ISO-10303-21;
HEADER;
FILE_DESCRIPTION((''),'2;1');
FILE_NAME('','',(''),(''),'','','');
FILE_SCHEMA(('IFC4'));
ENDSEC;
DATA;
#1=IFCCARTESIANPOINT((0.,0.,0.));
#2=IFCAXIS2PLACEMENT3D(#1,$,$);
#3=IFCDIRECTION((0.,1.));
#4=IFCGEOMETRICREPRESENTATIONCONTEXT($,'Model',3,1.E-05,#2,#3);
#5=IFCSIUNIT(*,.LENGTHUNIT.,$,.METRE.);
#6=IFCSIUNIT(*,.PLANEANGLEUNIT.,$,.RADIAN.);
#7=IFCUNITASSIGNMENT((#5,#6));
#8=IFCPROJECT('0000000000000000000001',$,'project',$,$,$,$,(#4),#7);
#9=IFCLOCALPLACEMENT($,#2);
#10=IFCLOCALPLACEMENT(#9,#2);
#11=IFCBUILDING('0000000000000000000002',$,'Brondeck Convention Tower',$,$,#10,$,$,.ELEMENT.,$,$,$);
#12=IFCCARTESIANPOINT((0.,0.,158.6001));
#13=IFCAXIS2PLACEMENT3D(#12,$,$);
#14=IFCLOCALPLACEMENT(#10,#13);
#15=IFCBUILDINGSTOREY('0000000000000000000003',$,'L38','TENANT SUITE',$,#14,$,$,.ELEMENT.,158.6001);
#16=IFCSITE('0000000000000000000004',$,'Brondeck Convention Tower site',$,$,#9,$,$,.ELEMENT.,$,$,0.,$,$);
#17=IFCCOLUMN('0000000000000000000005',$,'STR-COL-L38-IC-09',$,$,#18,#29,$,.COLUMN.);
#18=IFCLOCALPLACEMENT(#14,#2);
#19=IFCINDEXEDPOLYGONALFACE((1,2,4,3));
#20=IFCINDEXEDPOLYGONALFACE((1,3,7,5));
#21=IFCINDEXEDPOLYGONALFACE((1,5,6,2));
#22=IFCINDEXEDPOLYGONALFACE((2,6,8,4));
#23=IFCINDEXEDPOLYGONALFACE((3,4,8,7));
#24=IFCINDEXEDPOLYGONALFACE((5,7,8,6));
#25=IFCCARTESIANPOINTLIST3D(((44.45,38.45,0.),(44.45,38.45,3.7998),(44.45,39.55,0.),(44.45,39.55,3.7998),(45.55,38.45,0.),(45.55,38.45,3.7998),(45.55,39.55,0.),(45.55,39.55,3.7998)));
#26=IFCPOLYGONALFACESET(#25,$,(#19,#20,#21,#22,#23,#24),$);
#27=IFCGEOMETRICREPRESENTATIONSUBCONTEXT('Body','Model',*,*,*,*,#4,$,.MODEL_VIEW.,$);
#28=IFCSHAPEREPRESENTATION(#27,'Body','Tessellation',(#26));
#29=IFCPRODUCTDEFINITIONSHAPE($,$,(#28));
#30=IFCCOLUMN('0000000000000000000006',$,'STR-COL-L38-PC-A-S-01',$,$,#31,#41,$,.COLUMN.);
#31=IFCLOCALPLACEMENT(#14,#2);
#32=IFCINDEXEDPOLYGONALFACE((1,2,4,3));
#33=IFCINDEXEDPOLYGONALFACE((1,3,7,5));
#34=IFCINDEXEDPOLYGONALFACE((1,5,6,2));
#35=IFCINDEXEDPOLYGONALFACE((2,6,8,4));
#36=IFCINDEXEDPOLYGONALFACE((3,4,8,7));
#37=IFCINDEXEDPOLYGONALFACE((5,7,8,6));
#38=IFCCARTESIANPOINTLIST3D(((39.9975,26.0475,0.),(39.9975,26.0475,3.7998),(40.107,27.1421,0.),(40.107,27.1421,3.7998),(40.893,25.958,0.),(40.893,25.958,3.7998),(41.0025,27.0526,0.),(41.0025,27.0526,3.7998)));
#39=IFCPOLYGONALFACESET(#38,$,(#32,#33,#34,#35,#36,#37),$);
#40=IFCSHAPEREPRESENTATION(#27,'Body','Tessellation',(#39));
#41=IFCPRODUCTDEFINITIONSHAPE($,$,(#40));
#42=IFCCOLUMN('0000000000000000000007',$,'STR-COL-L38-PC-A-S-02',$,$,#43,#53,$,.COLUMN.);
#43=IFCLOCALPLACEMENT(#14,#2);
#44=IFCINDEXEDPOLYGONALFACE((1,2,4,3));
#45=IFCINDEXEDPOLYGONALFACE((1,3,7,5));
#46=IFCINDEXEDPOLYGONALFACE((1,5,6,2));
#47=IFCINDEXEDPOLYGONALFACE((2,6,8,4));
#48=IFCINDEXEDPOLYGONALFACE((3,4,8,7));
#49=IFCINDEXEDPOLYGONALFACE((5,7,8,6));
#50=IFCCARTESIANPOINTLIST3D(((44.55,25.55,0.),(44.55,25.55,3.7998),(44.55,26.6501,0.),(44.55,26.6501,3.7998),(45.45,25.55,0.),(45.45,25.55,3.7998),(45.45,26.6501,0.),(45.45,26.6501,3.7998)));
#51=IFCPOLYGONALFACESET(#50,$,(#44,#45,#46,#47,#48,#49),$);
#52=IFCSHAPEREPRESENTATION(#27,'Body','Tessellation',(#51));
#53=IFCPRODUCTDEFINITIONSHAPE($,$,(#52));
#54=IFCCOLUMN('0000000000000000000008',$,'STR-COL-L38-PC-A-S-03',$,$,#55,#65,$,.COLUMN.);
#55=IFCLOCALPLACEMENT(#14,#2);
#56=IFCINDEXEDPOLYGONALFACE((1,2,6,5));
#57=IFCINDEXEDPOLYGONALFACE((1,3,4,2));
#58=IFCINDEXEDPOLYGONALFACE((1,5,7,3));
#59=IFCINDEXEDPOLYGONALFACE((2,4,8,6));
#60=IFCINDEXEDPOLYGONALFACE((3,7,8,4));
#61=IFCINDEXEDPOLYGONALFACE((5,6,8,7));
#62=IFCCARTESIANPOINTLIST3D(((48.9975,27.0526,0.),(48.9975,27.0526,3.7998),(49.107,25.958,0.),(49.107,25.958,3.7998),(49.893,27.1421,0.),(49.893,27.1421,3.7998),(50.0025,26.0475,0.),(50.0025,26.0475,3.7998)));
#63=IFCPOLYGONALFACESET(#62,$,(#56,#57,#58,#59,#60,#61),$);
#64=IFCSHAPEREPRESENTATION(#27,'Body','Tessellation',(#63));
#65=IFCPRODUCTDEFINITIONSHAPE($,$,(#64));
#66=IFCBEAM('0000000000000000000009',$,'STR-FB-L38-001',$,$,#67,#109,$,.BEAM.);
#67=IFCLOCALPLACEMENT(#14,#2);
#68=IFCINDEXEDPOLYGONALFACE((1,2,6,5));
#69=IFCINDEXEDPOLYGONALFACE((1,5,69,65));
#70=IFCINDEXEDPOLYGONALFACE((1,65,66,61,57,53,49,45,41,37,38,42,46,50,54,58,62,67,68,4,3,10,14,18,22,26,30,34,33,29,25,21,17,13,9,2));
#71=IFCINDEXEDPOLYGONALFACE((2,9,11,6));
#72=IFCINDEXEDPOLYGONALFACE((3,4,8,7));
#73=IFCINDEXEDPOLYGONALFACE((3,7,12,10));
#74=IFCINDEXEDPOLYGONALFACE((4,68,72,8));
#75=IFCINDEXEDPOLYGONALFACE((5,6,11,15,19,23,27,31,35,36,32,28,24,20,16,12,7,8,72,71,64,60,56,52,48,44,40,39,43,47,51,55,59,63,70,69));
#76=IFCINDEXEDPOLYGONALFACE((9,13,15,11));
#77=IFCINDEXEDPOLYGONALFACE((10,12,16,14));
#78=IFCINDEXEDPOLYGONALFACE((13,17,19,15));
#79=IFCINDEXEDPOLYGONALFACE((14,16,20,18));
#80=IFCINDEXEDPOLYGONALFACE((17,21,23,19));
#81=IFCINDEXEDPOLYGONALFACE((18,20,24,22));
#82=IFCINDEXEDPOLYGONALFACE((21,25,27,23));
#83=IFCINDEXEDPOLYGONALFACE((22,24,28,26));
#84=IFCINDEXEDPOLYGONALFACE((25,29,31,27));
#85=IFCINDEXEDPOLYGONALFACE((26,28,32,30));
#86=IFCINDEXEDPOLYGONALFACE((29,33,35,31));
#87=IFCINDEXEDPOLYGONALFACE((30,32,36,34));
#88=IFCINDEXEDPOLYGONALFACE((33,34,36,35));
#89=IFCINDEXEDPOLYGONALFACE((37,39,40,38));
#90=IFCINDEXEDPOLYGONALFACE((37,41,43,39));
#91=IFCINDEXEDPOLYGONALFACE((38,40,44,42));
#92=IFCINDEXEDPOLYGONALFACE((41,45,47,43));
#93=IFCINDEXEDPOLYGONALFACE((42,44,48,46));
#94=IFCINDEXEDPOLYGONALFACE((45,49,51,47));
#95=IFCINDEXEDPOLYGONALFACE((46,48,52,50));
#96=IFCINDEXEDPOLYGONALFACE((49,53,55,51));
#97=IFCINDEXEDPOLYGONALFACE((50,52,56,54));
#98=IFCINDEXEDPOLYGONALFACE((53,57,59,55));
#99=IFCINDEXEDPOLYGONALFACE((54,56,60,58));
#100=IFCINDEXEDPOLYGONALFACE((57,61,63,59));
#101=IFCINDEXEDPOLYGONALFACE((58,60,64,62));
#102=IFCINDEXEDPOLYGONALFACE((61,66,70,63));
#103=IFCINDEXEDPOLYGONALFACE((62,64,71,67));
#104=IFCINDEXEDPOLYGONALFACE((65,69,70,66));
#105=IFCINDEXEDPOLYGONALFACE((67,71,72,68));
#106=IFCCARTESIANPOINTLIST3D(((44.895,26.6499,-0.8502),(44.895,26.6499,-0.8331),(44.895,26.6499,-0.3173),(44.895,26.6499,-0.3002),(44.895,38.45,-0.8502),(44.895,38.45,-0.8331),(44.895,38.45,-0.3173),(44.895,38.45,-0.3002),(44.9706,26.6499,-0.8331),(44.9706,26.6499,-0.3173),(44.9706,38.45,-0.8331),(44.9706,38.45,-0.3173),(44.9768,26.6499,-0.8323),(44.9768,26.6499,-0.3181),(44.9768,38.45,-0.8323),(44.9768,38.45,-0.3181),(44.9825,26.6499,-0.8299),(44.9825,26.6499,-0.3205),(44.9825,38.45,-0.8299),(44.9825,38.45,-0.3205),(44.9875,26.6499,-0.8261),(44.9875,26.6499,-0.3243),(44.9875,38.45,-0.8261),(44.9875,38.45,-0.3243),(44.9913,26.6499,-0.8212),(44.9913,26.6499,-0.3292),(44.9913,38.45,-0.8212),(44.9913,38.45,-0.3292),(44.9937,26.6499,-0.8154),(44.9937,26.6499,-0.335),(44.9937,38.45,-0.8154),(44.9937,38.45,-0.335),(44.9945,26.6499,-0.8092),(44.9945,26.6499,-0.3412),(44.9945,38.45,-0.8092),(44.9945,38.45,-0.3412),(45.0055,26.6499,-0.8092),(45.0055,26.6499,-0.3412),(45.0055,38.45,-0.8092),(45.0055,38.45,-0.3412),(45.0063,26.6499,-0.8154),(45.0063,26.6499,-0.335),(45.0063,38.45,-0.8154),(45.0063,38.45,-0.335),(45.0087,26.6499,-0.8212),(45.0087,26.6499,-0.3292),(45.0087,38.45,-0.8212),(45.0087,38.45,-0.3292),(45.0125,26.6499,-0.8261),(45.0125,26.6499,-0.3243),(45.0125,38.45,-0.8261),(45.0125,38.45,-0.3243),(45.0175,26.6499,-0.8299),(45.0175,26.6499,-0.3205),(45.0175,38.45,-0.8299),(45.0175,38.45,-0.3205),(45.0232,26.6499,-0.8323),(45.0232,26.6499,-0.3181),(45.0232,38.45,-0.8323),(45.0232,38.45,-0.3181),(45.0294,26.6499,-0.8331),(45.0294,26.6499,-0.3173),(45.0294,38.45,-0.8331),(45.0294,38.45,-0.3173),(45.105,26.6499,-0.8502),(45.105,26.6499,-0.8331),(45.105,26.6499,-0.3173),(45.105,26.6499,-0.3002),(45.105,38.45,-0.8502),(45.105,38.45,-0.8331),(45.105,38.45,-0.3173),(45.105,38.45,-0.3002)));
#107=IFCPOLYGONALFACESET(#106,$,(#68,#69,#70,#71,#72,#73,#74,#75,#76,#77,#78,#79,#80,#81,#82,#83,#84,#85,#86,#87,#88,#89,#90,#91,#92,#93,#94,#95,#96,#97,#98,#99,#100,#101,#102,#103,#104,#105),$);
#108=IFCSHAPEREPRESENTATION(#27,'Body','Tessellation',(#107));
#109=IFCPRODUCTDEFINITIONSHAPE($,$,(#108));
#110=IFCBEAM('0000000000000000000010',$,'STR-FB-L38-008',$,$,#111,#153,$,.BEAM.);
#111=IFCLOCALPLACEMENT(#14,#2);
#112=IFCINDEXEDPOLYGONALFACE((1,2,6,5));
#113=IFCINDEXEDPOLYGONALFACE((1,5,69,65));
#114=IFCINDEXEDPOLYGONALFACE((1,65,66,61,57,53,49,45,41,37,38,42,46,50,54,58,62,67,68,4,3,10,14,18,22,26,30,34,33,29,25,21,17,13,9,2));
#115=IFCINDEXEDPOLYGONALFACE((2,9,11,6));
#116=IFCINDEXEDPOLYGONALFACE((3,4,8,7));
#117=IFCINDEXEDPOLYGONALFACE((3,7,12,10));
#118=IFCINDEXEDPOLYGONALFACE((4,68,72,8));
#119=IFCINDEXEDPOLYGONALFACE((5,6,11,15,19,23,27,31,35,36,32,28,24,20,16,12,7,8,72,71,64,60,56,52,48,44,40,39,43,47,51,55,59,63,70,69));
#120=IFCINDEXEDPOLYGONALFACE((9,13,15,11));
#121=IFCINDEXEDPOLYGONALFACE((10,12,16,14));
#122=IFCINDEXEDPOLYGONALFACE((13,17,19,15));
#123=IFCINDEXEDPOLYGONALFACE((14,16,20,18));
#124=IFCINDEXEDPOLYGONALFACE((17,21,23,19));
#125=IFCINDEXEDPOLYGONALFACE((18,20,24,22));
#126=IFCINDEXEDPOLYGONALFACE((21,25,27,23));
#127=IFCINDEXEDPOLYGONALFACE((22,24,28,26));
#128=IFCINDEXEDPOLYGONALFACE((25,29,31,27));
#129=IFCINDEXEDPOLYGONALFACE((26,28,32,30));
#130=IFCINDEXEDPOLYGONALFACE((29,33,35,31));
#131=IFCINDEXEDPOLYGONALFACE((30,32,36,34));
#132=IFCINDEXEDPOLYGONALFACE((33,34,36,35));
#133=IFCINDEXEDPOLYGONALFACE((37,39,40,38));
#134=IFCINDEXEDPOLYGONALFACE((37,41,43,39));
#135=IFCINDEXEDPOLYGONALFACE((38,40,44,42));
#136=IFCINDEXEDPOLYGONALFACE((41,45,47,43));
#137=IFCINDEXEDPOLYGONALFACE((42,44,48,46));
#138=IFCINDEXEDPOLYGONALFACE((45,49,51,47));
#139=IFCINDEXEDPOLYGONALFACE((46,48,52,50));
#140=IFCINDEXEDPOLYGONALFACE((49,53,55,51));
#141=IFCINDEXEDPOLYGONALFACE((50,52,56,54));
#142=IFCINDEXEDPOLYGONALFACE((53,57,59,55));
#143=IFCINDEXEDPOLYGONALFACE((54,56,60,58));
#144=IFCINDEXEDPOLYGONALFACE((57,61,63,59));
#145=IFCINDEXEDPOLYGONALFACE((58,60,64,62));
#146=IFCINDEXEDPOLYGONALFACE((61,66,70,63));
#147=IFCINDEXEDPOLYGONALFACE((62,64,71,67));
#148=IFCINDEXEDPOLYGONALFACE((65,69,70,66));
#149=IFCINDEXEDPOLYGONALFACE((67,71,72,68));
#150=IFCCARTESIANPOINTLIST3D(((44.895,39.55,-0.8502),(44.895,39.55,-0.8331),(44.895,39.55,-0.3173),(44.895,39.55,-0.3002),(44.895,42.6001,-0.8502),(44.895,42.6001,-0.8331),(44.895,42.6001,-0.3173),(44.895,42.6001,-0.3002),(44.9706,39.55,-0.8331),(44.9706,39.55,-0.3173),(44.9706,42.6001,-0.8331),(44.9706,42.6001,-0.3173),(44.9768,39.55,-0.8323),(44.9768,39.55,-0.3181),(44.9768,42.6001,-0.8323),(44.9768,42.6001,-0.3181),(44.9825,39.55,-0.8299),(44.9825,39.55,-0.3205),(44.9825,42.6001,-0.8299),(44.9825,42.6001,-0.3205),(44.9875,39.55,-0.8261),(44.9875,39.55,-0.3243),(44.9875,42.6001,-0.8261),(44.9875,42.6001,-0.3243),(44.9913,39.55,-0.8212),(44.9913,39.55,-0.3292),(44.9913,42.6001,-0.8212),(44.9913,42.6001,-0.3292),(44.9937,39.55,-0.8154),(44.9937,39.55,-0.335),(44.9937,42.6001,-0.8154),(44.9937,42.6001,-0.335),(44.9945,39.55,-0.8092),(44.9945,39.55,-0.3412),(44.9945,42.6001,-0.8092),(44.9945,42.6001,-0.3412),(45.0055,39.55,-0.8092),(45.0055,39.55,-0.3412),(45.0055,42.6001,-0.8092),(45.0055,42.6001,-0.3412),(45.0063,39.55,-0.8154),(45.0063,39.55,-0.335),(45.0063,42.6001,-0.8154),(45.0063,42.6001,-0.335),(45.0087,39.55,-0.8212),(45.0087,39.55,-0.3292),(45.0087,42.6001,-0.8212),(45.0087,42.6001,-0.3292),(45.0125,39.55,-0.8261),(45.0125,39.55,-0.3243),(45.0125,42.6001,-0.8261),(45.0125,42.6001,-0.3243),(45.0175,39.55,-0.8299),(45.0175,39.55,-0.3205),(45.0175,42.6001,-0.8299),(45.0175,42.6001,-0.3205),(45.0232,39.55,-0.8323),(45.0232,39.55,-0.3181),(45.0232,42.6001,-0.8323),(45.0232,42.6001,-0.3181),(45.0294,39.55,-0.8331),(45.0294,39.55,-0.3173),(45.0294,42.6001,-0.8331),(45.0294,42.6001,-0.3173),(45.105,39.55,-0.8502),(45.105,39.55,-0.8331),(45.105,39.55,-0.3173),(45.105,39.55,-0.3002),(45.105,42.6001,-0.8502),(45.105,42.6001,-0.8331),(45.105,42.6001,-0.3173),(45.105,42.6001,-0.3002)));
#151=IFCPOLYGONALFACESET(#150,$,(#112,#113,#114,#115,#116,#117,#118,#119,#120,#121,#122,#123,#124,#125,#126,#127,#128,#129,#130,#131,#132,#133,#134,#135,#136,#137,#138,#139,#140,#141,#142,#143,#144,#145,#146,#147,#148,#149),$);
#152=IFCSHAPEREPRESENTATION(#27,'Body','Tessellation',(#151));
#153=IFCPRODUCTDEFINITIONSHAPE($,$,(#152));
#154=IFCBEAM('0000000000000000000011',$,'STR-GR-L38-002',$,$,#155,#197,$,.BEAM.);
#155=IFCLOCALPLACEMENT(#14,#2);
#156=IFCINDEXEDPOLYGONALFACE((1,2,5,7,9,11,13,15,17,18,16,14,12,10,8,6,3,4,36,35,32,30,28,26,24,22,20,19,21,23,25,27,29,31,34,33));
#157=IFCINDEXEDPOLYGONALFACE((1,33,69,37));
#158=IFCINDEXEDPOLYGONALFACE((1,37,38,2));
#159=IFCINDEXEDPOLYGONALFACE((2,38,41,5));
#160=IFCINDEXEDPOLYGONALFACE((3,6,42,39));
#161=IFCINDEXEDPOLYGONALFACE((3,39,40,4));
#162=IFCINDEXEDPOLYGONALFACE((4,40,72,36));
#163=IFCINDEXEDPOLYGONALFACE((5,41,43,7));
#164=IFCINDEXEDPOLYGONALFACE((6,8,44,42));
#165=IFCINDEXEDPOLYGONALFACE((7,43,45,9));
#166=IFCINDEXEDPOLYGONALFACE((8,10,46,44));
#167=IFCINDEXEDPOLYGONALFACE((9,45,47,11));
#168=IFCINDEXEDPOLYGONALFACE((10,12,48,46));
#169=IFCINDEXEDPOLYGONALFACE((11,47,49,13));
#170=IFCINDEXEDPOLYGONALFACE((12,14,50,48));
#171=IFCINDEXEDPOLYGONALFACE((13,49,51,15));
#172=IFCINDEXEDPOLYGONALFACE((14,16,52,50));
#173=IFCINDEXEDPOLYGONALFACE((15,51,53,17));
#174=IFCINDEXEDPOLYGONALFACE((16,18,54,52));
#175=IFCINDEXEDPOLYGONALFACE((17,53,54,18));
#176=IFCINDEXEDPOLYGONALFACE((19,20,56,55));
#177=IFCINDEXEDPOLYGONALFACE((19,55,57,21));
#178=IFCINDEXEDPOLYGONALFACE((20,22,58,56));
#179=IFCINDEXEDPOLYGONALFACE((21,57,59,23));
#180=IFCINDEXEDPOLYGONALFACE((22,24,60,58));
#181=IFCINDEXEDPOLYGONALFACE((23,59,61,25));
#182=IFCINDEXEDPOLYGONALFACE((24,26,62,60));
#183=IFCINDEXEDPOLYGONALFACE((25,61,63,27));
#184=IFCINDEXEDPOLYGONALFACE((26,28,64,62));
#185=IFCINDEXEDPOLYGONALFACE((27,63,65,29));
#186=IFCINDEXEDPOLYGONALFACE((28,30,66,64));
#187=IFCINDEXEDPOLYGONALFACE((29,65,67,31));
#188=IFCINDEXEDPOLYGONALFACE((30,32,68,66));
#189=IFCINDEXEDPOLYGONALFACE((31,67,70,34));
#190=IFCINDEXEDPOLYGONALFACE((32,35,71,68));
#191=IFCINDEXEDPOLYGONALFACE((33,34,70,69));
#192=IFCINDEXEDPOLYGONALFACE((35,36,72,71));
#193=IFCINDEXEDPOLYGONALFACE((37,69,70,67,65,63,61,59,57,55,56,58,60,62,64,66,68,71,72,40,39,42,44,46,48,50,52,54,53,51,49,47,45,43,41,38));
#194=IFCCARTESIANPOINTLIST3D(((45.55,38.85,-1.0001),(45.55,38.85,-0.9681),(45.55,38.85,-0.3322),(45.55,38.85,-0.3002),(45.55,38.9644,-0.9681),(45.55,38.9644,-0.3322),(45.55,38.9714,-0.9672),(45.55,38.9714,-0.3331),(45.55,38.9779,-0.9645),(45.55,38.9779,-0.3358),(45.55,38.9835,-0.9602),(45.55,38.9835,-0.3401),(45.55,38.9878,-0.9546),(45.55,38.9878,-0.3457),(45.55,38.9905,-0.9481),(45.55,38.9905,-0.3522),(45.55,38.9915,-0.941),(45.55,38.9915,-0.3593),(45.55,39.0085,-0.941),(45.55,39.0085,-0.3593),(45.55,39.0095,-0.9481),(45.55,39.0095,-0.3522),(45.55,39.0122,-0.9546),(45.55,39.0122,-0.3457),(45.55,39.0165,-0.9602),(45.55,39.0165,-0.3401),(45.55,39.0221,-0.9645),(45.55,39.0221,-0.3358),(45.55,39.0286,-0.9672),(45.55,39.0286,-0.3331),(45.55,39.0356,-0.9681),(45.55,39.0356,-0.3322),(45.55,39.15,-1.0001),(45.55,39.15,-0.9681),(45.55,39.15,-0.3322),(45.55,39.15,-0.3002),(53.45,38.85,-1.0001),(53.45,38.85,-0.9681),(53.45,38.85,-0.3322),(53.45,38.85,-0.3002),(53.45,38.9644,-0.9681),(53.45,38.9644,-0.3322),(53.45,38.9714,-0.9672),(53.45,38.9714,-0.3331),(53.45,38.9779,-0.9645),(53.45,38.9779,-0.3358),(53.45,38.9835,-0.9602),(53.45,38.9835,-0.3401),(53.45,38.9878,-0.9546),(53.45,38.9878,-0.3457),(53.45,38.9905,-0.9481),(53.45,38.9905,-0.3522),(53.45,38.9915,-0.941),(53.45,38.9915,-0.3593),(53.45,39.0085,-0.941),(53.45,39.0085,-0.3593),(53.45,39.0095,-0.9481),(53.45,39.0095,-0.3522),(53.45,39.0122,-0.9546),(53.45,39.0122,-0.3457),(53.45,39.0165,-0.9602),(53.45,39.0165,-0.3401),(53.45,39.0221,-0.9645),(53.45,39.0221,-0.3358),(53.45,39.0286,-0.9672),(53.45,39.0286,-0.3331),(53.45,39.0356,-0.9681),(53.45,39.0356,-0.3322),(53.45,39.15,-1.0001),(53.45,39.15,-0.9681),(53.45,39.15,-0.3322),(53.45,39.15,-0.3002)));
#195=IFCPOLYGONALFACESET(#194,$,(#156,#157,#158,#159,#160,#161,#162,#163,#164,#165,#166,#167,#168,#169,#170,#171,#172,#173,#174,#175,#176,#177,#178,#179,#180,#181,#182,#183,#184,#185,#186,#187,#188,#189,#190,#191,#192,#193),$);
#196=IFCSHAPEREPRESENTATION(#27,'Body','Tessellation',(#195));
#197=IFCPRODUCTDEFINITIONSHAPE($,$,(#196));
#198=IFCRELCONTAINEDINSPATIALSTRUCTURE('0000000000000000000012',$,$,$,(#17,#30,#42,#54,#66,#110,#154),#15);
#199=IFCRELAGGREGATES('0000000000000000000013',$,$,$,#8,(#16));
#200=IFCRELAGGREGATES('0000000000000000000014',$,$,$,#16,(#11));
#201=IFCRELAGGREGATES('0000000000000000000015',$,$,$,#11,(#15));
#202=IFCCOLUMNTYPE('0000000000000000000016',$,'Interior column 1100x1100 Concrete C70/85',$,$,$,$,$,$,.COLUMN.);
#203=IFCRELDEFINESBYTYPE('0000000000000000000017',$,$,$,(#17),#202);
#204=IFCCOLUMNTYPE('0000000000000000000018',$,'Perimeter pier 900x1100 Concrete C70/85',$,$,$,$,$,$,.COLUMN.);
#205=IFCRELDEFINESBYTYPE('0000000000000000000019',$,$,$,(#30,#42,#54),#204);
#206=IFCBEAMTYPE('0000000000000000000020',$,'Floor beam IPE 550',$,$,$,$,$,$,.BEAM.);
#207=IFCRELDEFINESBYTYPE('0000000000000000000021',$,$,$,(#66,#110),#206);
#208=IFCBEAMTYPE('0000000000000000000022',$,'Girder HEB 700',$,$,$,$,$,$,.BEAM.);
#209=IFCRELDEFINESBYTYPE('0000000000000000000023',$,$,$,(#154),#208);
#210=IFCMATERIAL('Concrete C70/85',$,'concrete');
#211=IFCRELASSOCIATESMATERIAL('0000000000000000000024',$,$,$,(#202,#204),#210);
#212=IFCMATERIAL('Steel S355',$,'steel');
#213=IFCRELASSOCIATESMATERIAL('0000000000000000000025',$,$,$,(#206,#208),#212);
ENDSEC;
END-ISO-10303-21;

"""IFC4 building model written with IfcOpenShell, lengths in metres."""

from ifc_helpers import new_model, si_unit, direction, frame, origin, origin_2d, place, context, subcontext, project, spatial, rectangle, i_section, extrude, material, material_profile, profile_set, type_object, element, save


model = new_model("IFC4")

# Units and contexts
model_context = context("Model", 3, precision=1e-05, world=origin(), true_north=direction((0.0, 1.0)))
body_context = subcontext(model_context, "Body", "Model", "MODEL_VIEW")
ifc_project = project(units=[si_unit("LENGTHUNIT", "METRE"), si_unit("PLANEANGLEUNIT", "RADIAN")], contexts=[model_context])

# Site, building, storey
site_placement = place(None, origin())
site = spatial("IfcSite", under=ifc_project, at=site_placement, Name="Brondeck Convention Tower site", CompositionType="ELEMENT", RefElevation=0.0)
building_placement = place(site_placement, origin())
building = spatial("IfcBuilding", under=site, at=building_placement, Name="Brondeck Convention Tower", CompositionType="ELEMENT")
storey_placement = place(building_placement, frame((0.0, 0.0, 158.6001)))
storey = spatial("IfcBuildingStorey", under=building, at=storey_placement, Name="L38", Description="TENANT SUITE", CompositionType="ELEMENT", Elevation=158.6001)

# Columns
ifc_material_1 = material(Name="Concrete C70/85", Category="concrete")
ifc_material_profile_1 = material_profile(ifc_material_1, rectangle(XDim=1.1001, YDim=1.1001, at=origin_2d()), Name="Interior column 1100x1100 Concrete C70/85")
ifc_profile_set_1 = profile_set([ifc_material_profile_1], Name="Concrete C70/85")
column_type_1 = type_object("IfcColumnType", Name="Interior column 1100x1100 Concrete C70/85", PredefinedType="COLUMN", material=ifc_profile_set_1)
column_placement = place(storey_placement, frame((45.0, 39.0, 0.0), z_axis=(0.0, 0.0, 1.0), x_axis=(1.0, 0.0, 0.0)))
element("IfcColumn", 1, at=column_placement, inside=storey, type_object=column_type_1, Name="STR-COL-L38-IC-09", PredefinedType="COLUMN", context=body_context, shape_type="SweptSolid", body=[
    extrude(rectangle(XDim=1.1001, YDim=1.1001, at=origin_2d()), origin(), (0.0, 0.0, 1.0), 3.7998),
])
ifc_material_profile_2 = material_profile(ifc_material_1, rectangle(XDim=0.8999, YDim=1.1001, at=origin_2d()), Name="Perimeter pier 900x1100 Concrete C70/85")
ifc_profile_set_2 = profile_set([ifc_material_profile_2], Name="Concrete C70/85")
column_type_2 = type_object("IfcColumnType", Name="Perimeter pier 900x1100 Concrete C70/85", PredefinedType="COLUMN", material=ifc_profile_set_2)
for number, where, z_axis, x_axis, name in (
    (2, (40.5, 26.55, 0.0), (0.0, 0.0, 1.0), (0.995037, -0.099504, 0.0), "STR-COL-L38-PC-A-S-01"),
    (3, (45.0, 26.1001, 0.0), (0.0, 0.0, 1.0), (1.0, 0.0, 0.0), "STR-COL-L38-PC-A-S-02"),
    (4, (49.5, 26.55, 0.0), (0.0, 0.0, 1.0), (0.995037, 0.099504, 0.0), "STR-COL-L38-PC-A-S-03"),
):
    element("IfcColumn", number, at=place(storey_placement, frame(where, z_axis=z_axis, x_axis=x_axis)), inside=storey, type_object=column_type_2, Name=name, PredefinedType="COLUMN", context=body_context, shape_type="SweptSolid", body=[
        extrude(rectangle(XDim=0.8999, YDim=1.1001, at=origin_2d()), origin(), (0.0, 0.0, 1.0), 3.7998),
    ])

# Beams
ifc_material_2 = material(Name="Steel S355", Category="steel")
ifc_material_profile_3 = material_profile(ifc_material_2, i_section(OverallWidth=0.21, OverallDepth=0.55, WebThickness=0.011, FlangeThickness=0.0171, FilletRadius=0.0239, at=origin_2d()), Name="IPE 550")
ifc_profile_set_3 = profile_set([ifc_material_profile_3], Name="Steel S355")
beam_type_1 = type_object("IfcBeamType", Name="Floor beam IPE 550", PredefinedType="BEAM", material=ifc_profile_set_3)
beam_1_placement = place(storey_placement, frame((45.0, 26.6499, -0.5752), z_axis=(0.0, 1.0, 0.0), x_axis=(-1.0, 0.0, 0.0)))
element("IfcBeam", 5, at=beam_1_placement, inside=storey, type_object=beam_type_1, Name="STR-FB-L38-001", PredefinedType="BEAM", context=body_context, shape_type="SweptSolid", body=[
    extrude(i_section(OverallWidth=0.21, OverallDepth=0.55, WebThickness=0.011, FlangeThickness=0.0171, FilletRadius=0.0239, at=origin_2d()), origin(), (0.0, 0.0, 1.0), 11.8),
])
beam_2_placement = place(storey_placement, frame((45.0, 39.55, -0.5752), z_axis=(0.0, 1.0, 0.0), x_axis=(-1.0, 0.0, 0.0)))
element("IfcBeam", 6, at=beam_2_placement, inside=storey, type_object=beam_type_1, Name="STR-FB-L38-008", PredefinedType="BEAM", context=body_context, shape_type="SweptSolid", body=[
    extrude(i_section(OverallWidth=0.21, OverallDepth=0.55, WebThickness=0.011, FlangeThickness=0.0171, FilletRadius=0.0239, at=origin_2d()), origin(), (0.0, 0.0, 1.0), 3.05),
])
ifc_material_profile_4 = material_profile(ifc_material_2, i_section(OverallWidth=0.3, OverallDepth=0.7, WebThickness=0.0171, FlangeThickness=0.032, FilletRadius=0.0271, at=origin_2d()), Name="HEB 700")
ifc_profile_set_4 = profile_set([ifc_material_profile_4], Name="Steel S355")
beam_type_2 = type_object("IfcBeamType", Name="Girder HEB 700", PredefinedType="BEAM", material=ifc_profile_set_4)
beam_3_placement = place(storey_placement, frame((45.55, 39.0, -0.6501), z_axis=(1.0, 0.0, 0.0), x_axis=(0.0, 1.0, 0.0)))
element("IfcBeam", 7, at=beam_3_placement, inside=storey, type_object=beam_type_2, Name="STR-GR-L38-002", PredefinedType="BEAM", context=body_context, shape_type="SweptSolid", body=[
    extrude(i_section(OverallWidth=0.3, OverallDepth=0.7, WebThickness=0.0171, FlangeThickness=0.032, FilletRadius=0.0271, at=origin_2d()), origin(), (0.0, 0.0, 1.0), 7.8999),
])

save(model, "model.ifc")
